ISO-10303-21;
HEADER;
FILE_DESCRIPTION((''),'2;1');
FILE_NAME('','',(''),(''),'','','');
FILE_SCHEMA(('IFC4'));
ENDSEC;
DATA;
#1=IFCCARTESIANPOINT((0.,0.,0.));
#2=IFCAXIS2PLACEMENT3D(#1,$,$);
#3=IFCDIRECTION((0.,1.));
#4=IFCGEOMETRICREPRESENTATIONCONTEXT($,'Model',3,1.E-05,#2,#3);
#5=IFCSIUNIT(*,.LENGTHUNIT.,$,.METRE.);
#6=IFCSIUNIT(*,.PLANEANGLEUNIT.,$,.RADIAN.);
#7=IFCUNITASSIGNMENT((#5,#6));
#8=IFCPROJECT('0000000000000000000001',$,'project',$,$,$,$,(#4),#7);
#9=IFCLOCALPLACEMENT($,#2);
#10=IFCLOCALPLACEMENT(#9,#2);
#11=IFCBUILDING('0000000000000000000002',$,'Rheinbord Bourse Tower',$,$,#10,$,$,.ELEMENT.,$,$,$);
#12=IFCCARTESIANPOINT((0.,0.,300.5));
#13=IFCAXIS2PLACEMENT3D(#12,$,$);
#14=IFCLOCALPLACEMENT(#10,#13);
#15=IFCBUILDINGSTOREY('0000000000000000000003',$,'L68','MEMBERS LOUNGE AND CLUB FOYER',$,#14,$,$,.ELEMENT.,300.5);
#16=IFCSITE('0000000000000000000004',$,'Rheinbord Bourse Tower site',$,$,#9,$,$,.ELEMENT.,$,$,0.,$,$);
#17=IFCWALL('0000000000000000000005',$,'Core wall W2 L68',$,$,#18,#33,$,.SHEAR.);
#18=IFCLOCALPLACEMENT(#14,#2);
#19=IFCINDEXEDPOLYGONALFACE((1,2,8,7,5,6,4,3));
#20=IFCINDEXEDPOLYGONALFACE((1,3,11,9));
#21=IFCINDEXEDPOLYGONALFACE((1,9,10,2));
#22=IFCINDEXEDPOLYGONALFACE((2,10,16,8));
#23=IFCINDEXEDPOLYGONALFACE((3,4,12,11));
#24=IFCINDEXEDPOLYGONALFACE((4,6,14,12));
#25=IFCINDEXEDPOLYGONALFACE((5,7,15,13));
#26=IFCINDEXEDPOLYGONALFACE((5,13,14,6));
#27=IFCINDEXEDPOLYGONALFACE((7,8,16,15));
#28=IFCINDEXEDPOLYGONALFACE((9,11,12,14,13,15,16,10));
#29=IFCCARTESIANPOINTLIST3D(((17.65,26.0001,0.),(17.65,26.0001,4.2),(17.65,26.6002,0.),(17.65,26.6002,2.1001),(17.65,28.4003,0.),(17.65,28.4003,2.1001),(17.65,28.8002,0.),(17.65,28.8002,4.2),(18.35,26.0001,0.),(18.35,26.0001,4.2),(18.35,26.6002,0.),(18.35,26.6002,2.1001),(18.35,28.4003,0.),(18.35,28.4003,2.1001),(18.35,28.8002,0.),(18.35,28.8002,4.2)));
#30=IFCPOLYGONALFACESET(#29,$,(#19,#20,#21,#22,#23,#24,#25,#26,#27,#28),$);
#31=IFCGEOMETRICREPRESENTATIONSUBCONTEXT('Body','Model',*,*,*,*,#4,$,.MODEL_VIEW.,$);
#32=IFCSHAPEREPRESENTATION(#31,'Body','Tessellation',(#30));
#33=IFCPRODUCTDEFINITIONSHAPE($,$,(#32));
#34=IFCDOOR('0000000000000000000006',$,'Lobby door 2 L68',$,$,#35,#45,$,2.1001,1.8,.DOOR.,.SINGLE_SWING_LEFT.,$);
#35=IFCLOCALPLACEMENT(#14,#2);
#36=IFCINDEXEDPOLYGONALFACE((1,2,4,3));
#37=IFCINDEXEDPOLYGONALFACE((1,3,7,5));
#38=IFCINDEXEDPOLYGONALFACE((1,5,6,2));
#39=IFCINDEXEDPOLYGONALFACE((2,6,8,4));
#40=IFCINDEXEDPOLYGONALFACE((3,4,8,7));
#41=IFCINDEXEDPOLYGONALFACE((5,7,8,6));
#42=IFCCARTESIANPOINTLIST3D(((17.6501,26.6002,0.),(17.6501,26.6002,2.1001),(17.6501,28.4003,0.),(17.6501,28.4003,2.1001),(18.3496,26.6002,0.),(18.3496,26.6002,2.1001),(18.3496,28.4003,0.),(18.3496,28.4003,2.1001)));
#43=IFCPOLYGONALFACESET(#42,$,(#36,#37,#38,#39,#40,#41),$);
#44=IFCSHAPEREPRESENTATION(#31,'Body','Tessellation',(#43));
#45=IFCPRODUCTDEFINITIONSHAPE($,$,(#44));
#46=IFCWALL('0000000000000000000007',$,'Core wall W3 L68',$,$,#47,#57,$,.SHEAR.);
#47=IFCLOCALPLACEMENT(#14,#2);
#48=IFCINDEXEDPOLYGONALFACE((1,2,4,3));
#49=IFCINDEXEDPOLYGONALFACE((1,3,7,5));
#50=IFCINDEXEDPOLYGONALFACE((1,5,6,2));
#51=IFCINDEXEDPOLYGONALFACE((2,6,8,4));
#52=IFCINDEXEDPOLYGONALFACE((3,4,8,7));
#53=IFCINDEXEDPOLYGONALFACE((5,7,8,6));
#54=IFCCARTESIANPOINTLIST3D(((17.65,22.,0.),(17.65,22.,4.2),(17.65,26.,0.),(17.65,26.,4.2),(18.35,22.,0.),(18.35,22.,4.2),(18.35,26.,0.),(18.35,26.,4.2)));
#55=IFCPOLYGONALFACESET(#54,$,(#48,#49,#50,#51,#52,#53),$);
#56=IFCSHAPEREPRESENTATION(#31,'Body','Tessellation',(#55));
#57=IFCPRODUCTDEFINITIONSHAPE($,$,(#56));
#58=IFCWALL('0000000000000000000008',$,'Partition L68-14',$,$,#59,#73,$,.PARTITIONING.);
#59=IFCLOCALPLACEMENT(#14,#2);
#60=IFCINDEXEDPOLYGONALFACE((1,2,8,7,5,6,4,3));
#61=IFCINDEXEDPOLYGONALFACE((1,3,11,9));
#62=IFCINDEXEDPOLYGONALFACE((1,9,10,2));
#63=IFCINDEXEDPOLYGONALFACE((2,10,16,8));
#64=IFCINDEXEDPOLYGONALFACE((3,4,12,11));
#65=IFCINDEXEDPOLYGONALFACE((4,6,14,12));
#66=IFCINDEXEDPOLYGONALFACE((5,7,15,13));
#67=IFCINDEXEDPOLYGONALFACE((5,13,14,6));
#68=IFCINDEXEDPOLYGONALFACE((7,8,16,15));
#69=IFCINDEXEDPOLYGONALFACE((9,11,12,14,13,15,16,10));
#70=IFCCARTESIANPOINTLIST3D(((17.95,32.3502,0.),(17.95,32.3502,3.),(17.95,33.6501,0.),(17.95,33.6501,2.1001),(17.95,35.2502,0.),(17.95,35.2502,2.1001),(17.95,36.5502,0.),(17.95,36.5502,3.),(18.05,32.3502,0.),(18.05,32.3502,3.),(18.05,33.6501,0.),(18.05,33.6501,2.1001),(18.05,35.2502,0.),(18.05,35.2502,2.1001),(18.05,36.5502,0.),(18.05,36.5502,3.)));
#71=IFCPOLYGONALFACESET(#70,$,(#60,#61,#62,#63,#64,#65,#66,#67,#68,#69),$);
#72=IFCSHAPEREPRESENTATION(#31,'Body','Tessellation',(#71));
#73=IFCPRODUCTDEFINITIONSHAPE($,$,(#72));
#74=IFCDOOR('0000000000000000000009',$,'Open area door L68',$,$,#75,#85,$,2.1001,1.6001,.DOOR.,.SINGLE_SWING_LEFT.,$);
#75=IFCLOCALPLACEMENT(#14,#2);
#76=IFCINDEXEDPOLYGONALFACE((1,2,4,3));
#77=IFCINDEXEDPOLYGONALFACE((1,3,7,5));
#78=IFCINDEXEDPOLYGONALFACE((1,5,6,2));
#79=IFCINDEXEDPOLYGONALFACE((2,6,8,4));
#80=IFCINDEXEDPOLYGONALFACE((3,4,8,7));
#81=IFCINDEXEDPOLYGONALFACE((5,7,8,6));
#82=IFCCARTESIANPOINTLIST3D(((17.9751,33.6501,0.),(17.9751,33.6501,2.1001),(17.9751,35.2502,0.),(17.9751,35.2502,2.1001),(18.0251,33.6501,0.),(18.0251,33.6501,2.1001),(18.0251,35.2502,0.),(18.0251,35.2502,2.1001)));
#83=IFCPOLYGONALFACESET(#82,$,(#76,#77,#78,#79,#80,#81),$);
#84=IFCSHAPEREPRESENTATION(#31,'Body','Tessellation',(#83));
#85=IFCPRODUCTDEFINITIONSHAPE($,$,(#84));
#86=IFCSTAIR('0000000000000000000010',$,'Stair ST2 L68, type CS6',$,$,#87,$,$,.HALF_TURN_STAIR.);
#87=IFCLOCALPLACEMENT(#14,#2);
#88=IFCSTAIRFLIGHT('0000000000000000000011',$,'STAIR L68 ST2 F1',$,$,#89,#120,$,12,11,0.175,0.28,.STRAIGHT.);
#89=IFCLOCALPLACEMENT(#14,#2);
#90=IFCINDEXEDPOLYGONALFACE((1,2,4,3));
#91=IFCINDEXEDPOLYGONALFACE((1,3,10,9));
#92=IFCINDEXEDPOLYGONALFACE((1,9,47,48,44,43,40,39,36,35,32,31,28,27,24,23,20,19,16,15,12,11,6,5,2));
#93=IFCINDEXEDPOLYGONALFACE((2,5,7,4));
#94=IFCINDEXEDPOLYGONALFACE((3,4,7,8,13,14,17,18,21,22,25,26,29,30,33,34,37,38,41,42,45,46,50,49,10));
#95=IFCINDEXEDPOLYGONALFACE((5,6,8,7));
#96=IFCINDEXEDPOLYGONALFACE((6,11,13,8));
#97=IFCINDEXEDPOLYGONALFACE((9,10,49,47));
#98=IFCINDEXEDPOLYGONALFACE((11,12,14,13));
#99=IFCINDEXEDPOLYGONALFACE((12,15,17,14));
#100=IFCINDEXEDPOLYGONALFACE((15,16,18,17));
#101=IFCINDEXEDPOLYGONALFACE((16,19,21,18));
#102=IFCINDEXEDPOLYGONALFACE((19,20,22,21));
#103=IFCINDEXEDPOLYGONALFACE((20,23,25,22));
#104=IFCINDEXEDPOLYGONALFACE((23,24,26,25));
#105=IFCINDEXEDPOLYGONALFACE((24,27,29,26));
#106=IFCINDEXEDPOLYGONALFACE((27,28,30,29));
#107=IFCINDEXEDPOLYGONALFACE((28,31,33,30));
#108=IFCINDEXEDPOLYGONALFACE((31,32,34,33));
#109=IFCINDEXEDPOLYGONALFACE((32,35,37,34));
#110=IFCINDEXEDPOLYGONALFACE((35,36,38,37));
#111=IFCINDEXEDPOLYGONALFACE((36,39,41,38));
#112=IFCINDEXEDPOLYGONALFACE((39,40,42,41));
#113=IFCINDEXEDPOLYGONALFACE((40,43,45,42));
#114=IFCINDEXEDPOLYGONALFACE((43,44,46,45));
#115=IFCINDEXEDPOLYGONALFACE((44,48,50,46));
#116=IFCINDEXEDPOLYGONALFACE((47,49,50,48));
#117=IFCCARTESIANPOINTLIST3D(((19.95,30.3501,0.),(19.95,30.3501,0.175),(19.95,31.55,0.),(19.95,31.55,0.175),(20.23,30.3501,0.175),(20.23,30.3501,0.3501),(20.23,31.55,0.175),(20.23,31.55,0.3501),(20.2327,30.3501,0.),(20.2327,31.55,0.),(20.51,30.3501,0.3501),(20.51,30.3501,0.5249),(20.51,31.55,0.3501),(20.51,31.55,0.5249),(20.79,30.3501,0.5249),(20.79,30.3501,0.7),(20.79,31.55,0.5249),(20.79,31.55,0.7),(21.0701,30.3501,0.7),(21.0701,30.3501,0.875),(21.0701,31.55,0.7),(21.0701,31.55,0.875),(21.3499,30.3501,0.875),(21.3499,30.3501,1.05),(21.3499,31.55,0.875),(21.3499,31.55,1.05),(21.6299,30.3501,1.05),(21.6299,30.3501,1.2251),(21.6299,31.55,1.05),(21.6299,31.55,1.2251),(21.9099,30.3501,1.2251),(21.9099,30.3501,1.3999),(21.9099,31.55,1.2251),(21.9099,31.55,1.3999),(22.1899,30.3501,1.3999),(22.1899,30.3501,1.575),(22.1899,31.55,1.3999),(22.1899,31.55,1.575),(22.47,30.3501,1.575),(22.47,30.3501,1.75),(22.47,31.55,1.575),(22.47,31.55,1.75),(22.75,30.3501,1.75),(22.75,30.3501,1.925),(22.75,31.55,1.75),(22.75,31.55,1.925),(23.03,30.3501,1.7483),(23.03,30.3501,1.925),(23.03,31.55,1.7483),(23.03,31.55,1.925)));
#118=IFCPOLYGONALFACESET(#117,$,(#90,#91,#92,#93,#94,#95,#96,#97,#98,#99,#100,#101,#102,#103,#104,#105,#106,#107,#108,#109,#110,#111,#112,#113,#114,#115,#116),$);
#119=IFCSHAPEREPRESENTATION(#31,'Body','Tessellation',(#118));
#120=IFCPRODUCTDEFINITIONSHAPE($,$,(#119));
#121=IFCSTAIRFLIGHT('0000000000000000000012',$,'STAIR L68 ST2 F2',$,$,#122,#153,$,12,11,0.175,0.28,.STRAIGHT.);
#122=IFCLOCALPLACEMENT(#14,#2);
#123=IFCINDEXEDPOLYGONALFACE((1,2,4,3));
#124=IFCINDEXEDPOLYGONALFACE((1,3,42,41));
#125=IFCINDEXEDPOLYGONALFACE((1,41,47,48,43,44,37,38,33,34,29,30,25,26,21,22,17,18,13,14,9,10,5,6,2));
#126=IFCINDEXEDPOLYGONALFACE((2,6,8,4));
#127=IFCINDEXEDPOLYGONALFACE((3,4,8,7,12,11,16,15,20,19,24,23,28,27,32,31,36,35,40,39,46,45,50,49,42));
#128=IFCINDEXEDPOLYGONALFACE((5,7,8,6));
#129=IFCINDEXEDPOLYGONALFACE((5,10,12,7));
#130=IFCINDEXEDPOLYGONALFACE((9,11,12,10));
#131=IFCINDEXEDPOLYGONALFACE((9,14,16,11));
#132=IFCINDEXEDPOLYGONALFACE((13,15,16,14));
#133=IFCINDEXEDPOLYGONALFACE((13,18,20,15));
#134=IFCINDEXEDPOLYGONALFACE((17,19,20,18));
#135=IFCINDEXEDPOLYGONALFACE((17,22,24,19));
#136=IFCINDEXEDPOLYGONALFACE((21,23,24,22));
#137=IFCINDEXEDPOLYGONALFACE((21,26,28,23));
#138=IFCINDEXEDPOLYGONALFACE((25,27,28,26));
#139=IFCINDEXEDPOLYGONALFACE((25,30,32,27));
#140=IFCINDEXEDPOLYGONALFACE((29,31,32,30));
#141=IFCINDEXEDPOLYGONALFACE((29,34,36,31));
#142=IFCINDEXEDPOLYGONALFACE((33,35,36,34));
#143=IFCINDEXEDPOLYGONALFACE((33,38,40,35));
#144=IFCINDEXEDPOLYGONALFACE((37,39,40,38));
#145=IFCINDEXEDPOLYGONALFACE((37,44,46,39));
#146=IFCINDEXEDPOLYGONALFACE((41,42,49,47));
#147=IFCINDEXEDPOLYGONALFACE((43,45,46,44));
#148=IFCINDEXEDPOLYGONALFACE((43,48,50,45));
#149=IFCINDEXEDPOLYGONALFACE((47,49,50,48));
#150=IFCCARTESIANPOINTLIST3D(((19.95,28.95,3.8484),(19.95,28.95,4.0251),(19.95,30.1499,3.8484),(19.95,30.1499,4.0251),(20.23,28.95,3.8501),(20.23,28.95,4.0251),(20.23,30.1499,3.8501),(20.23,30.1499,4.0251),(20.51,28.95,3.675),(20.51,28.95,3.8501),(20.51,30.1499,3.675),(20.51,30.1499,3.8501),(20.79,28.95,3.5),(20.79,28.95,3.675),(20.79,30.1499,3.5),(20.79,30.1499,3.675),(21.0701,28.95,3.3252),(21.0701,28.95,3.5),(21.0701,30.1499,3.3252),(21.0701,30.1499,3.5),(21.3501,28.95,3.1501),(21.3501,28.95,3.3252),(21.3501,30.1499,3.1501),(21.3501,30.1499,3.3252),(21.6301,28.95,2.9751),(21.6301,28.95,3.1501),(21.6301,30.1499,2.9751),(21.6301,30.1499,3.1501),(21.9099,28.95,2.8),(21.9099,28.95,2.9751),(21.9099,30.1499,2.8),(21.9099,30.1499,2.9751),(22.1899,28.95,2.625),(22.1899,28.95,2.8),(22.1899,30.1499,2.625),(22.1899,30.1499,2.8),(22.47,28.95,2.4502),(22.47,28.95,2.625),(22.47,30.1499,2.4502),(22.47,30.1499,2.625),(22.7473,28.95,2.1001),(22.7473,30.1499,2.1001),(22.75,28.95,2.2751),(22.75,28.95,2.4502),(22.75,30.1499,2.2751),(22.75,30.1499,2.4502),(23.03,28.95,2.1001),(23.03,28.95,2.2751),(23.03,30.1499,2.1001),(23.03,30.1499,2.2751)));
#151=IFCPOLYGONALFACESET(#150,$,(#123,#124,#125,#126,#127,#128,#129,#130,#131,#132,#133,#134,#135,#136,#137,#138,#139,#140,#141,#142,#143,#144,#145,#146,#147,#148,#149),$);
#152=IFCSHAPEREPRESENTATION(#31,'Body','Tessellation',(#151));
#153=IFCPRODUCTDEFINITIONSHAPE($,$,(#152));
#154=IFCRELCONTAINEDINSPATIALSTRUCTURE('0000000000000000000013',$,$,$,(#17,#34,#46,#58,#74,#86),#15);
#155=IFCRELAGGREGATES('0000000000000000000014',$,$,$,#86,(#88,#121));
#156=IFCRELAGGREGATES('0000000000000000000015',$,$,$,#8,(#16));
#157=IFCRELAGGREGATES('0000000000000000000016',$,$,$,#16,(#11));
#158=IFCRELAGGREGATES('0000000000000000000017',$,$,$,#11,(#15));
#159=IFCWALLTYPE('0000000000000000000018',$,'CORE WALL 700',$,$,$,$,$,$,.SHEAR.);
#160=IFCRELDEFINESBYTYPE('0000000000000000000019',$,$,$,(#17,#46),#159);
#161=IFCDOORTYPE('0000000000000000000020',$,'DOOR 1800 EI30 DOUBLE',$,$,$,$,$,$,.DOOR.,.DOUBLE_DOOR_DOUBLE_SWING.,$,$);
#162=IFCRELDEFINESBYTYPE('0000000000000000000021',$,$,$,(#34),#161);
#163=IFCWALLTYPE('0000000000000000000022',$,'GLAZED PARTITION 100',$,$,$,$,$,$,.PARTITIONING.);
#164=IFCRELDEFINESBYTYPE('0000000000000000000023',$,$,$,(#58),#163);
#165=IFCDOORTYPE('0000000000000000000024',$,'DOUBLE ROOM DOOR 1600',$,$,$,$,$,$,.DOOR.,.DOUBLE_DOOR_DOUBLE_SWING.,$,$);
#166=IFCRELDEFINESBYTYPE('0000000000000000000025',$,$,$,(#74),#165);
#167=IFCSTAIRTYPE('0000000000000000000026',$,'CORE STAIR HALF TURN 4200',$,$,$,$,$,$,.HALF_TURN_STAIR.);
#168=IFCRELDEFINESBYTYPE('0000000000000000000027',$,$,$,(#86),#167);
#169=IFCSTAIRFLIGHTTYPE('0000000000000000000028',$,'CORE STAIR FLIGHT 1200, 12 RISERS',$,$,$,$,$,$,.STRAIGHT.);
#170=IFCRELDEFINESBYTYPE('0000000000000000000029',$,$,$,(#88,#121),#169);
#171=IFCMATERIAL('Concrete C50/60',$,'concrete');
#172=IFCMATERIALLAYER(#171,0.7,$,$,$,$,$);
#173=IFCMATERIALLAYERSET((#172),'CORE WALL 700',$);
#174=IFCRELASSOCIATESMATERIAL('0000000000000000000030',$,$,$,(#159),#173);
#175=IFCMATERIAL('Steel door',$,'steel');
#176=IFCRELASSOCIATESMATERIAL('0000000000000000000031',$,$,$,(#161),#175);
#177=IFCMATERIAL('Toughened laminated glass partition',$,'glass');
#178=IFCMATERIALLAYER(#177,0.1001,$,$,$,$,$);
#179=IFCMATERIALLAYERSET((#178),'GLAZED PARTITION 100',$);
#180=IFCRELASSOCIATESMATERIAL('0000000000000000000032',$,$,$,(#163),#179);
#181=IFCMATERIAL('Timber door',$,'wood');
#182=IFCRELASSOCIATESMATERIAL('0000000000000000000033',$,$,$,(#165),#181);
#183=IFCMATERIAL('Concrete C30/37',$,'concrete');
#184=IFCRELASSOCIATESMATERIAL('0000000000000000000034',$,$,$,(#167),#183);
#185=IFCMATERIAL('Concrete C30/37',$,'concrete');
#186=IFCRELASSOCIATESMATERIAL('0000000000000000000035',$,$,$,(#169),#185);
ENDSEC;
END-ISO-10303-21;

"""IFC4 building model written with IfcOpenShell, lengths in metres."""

from ifc_helpers import new_model, si_unit, direction, frame, frame_2d, origin, place, context, subcontext, project, spatial, polyline, rectangle, outline, extrude, material, layer, layer_set, type_object, element, fill, aggregate, save


model = new_model("IFC4")

# Units and contexts
model_context = context("Model", 3, precision=1e-05, world=origin(), true_north=direction((0.0, 1.0)))
body_context = subcontext(model_context, "Body", "Model", "MODEL_VIEW")
ifc_project = project(units=[si_unit("LENGTHUNIT", "METRE"), si_unit("PLANEANGLEUNIT", "RADIAN")], contexts=[model_context])

# Site, building, storey
site_placement = place(None, origin())
site = spatial("IfcSite", under=ifc_project, at=site_placement, Name="Rheinbord Bourse Tower site", CompositionType="ELEMENT", RefElevation=0.0)
building_placement = place(site_placement, origin())
building = spatial("IfcBuilding", under=site, at=building_placement, Name="Rheinbord Bourse Tower", CompositionType="ELEMENT")
storey_placement = place(building_placement, frame((0.0, 0.0, 300.5)))
storey = spatial("IfcBuildingStorey", under=building, at=storey_placement, Name="L68", Description="MEMBERS LOUNGE AND CLUB FOYER", CompositionType="ELEMENT", Elevation=300.5)

# Shared definitions
ifc_material_1 = material(Name="Concrete C50/60", Category="concrete")
ifc_layer_1 = layer(ifc_material_1, 0.7)
ifc_layer_set_1 = layer_set([ifc_layer_1], Name="CORE WALL 700")
wall_type_1 = type_object("IfcWallType", Name="CORE WALL 700", PredefinedType="SHEAR", material=ifc_layer_set_1)

# Wall, opening, door
wall_1_placement = place(storey_placement, frame((18.0, 28.8, 0.0), z_axis=(0.0, 0.0, 1.0), x_axis=(0.0, -1.0, 0.0)))
wall_1 = element("IfcWall", 1, at=wall_1_placement, inside=storey, type_object=wall_type_1, Name="Core wall W2 L68", PredefinedType="SHEAR", context=body_context, shape_type="SweptSolid", body=[
    extrude(rectangle(XDim=2.8, YDim=0.7, at=frame_2d((1.3999, 0.0))), origin(), (0.0, 0.0, 1.0), 4.2),
])
opening_1_placement = place(wall_1_placement, frame((0.3999, 0.0, 0.0)))
opening_1 = element("IfcOpeningElement", 2, at=opening_1_placement, cuts=wall_1, PredefinedType="OPENING", context=body_context, shape_type="SweptSolid", body=[
    extrude(rectangle(XDim=1.8, YDim=2.1001, at=frame_2d((0.8999, 1.05))), frame((0.0, 0.3599, 0.0), z_axis=(0.0, -1.0, 0.0), x_axis=(1.0, 0.0, 0.0)), (0.0, 0.0, 1.0), 0.72),
])
ifc_material_2 = material(Name="Steel door", Category="steel")
door_type_1 = type_object("IfcDoorType", Name="DOOR 1800 EI30 DOUBLE", OperationType="DOUBLE_DOOR_DOUBLE_SWING", PredefinedType="DOOR", material=ifc_material_2)
door_1_placement = place(opening_1_placement, origin())
door_1 = element("IfcDoor", 3, at=door_1_placement, inside=storey, type_object=door_type_1, Name="Lobby door 2 L68", OperationType="SINGLE_SWING_LEFT", OverallHeight=2.1001, OverallWidth=1.8, PredefinedType="DOOR", context=body_context, shape_type="SweptSolid", body=[
    extrude(rectangle(XDim=1.8, YDim=2.1001, at=frame_2d((0.8999, 1.05))), frame((0.0, 0.3496, 0.0), z_axis=(0.0, -1.0, 0.0), x_axis=(1.0, 0.0, 0.0)), (0.0, 0.0, 1.0), 0.6995),
])
fill(opening_1, door_1)

# Wall
wall_2_placement = place(storey_placement, frame((18.0, 26.0, 0.0), z_axis=(0.0, 0.0, 1.0), x_axis=(0.0, -1.0, 0.0)))
element("IfcWall", 4, at=wall_2_placement, inside=storey, type_object=wall_type_1, Name="Core wall W3 L68", PredefinedType="SHEAR", context=body_context, shape_type="SweptSolid", body=[
    extrude(rectangle(XDim=4.0, YDim=0.7, at=frame_2d((2.0, 0.0))), origin(), (0.0, 0.0, 1.0), 4.2),
])

# Wall, opening, door
ifc_material_3 = material(Name="Toughened laminated glass partition", Category="glass")
ifc_layer_2 = layer(ifc_material_3, 0.1001)
ifc_layer_set_2 = layer_set([ifc_layer_2], Name="GLAZED PARTITION 100")
wall_type_2 = type_object("IfcWallType", Name="GLAZED PARTITION 100", PredefinedType="PARTITIONING", material=ifc_layer_set_2)
wall_3_placement = place(storey_placement, frame((18.0, 32.3501, 0.0), z_axis=(0.0, 0.0, 1.0), x_axis=(0.0, 1.0, 0.0)))
wall_3 = element("IfcWall", 5, at=wall_3_placement, inside=storey, type_object=wall_type_2, Name="Partition L68-14", PredefinedType="PARTITIONING", context=body_context, shape_type="SweptSolid", body=[
    extrude(rectangle(XDim=4.2, YDim=0.1001, at=frame_2d((2.1001, 0.0))), origin(), (0.0, 0.0, 1.0), 3.0),
])
opening_2_placement = place(wall_3_placement, frame((1.3, 0.0, 0.0)))
opening_2 = element("IfcOpeningElement", 6, at=opening_2_placement, cuts=wall_3, PredefinedType="OPENING", context=body_context, shape_type="SweptSolid", body=[
    extrude(rectangle(XDim=1.6001, YDim=2.1001, at=frame_2d((0.8, 1.05))), frame((0.0, 0.0601, 0.0), z_axis=(0.0, -1.0, 0.0), x_axis=(1.0, 0.0, 0.0)), (0.0, 0.0, 1.0), 0.1201),
])
ifc_material_4 = material(Name="Timber door", Category="wood")
door_type_2 = type_object("IfcDoorType", Name="DOUBLE ROOM DOOR 1600", OperationType="DOUBLE_DOOR_DOUBLE_SWING", PredefinedType="DOOR", material=ifc_material_4)
door_2_placement = place(opening_2_placement, origin())
door_2 = element("IfcDoor", 7, at=door_2_placement, inside=storey, type_object=door_type_2, Name="Open area door L68", OperationType="SINGLE_SWING_LEFT", OverallHeight=2.1001, OverallWidth=1.6001, PredefinedType="DOOR", context=body_context, shape_type="SweptSolid", body=[
    extrude(rectangle(XDim=1.6001, YDim=2.1001, at=frame_2d((0.8, 1.05))), frame((0.0, 0.0249, 0.0), z_axis=(0.0, -1.0, 0.0), x_axis=(1.0, 0.0, 0.0)), (0.0, 0.0, 1.0), 0.05),
])
fill(opening_2, door_2)

# Stair, stair flights
ifc_material_5 = material(Name="Concrete C30/37", Category="concrete")
stair_type = type_object("IfcStairType", Name="CORE STAIR HALF TURN 4200", PredefinedType="HALF_TURN_STAIR", material=ifc_material_5)
stair_placement = place(storey_placement, origin())
stair = element("IfcStair", 8, at=stair_placement, inside=storey, type_object=stair_type, Name="Stair ST2 L68, type CS6", PredefinedType="HALF_TURN_STAIR")
ifc_material_6 = material(Name="Concrete C30/37", Category="concrete")
stair_flight_type = type_object("IfcStairFlightType", Name="CORE STAIR FLIGHT 1200, 12 RISERS", PredefinedType="STRAIGHT", material=ifc_material_6)
stair_flight_1_placement = place(storey_placement, frame((19.95, 30.95, 0.0), z_axis=(0.0, 0.0, 1.0), x_axis=(1.0, 0.0, 0.0)))
stair_flight_1 = element("IfcStairFlight", 9, at=stair_flight_1_placement, type_object=stair_flight_type, Name="STAIR L68 ST2 F1", NumberOfRisers=12, NumberOfTreads=11, PredefinedType="STRAIGHT", RiserHeight=0.175, TreadLength=0.28, context=body_context, shape_type="SweptSolid", body=[
    extrude(outline(polyline([(0.0, 0.0), (0.0, 0.175), (0.28, 0.175), (0.28, 0.3501), (0.5601, 0.3501), (0.5601, 0.5249), (0.8401, 0.5249), (0.8401, 0.7), (1.1201, 0.7), (1.1201, 0.875), (1.3999, 0.875), (1.3999, 1.05), (1.6799, 1.05), (1.6799, 1.2251), (1.96, 1.2251), (1.96, 1.3999), (2.24, 1.3999), (2.24, 1.575), (2.52, 1.575), (2.52, 1.75), (2.8, 1.75), (2.8, 1.925), (3.0801, 1.925), (3.0801, 2.1001), (3.0801, 1.7483), (0.2827, 0.0), (0.0, 0.0)])), frame((0.0, 0.6001, 0.0), z_axis=(0.0, -1.0, 0.0), x_axis=(1.0, 0.0, 0.0)), (0.0, 0.0, 1.0), 1.2),
])
stair_flight_2_placement = place(storey_placement, frame((23.03, 29.55, 2.1001), z_axis=(0.0, 0.0, 1.0), x_axis=(-1.0, 0.0, 0.0)))
stair_flight_2 = element("IfcStairFlight", 10, at=stair_flight_2_placement, type_object=stair_flight_type, Name="STAIR L68 ST2 F2", NumberOfRisers=12, NumberOfTreads=11, PredefinedType="STRAIGHT", RiserHeight=0.175, TreadLength=0.28, context=body_context, shape_type="SweptSolid", body=[
    extrude(outline(polyline([(0.0, 0.0), (0.0, 0.175), (0.28, 0.175), (0.28, 0.3501), (0.5601, 0.3501), (0.5601, 0.5249), (0.8401, 0.5249), (0.8401, 0.7), (1.1201, 0.7), (1.1201, 0.875), (1.3999, 0.875), (1.3999, 1.05), (1.6799, 1.05), (1.6799, 1.2251), (1.96, 1.2251), (1.96, 1.3999), (2.24, 1.3999), (2.24, 1.575), (2.52, 1.575), (2.52, 1.75), (2.8, 1.75), (2.8, 1.925), (3.0801, 1.925), (3.0801, 2.1001), (3.0801, 1.7483), (0.2827, 0.0), (0.0, 0.0)])), frame((0.0, 0.6001, 0.0), z_axis=(0.0, -1.0, 0.0), x_axis=(1.0, 0.0, 0.0)), (0.0, 0.0, 1.0), 1.2),
])
aggregate(stair, [stair_flight_1, stair_flight_2])

save(model, "model.ifc")
